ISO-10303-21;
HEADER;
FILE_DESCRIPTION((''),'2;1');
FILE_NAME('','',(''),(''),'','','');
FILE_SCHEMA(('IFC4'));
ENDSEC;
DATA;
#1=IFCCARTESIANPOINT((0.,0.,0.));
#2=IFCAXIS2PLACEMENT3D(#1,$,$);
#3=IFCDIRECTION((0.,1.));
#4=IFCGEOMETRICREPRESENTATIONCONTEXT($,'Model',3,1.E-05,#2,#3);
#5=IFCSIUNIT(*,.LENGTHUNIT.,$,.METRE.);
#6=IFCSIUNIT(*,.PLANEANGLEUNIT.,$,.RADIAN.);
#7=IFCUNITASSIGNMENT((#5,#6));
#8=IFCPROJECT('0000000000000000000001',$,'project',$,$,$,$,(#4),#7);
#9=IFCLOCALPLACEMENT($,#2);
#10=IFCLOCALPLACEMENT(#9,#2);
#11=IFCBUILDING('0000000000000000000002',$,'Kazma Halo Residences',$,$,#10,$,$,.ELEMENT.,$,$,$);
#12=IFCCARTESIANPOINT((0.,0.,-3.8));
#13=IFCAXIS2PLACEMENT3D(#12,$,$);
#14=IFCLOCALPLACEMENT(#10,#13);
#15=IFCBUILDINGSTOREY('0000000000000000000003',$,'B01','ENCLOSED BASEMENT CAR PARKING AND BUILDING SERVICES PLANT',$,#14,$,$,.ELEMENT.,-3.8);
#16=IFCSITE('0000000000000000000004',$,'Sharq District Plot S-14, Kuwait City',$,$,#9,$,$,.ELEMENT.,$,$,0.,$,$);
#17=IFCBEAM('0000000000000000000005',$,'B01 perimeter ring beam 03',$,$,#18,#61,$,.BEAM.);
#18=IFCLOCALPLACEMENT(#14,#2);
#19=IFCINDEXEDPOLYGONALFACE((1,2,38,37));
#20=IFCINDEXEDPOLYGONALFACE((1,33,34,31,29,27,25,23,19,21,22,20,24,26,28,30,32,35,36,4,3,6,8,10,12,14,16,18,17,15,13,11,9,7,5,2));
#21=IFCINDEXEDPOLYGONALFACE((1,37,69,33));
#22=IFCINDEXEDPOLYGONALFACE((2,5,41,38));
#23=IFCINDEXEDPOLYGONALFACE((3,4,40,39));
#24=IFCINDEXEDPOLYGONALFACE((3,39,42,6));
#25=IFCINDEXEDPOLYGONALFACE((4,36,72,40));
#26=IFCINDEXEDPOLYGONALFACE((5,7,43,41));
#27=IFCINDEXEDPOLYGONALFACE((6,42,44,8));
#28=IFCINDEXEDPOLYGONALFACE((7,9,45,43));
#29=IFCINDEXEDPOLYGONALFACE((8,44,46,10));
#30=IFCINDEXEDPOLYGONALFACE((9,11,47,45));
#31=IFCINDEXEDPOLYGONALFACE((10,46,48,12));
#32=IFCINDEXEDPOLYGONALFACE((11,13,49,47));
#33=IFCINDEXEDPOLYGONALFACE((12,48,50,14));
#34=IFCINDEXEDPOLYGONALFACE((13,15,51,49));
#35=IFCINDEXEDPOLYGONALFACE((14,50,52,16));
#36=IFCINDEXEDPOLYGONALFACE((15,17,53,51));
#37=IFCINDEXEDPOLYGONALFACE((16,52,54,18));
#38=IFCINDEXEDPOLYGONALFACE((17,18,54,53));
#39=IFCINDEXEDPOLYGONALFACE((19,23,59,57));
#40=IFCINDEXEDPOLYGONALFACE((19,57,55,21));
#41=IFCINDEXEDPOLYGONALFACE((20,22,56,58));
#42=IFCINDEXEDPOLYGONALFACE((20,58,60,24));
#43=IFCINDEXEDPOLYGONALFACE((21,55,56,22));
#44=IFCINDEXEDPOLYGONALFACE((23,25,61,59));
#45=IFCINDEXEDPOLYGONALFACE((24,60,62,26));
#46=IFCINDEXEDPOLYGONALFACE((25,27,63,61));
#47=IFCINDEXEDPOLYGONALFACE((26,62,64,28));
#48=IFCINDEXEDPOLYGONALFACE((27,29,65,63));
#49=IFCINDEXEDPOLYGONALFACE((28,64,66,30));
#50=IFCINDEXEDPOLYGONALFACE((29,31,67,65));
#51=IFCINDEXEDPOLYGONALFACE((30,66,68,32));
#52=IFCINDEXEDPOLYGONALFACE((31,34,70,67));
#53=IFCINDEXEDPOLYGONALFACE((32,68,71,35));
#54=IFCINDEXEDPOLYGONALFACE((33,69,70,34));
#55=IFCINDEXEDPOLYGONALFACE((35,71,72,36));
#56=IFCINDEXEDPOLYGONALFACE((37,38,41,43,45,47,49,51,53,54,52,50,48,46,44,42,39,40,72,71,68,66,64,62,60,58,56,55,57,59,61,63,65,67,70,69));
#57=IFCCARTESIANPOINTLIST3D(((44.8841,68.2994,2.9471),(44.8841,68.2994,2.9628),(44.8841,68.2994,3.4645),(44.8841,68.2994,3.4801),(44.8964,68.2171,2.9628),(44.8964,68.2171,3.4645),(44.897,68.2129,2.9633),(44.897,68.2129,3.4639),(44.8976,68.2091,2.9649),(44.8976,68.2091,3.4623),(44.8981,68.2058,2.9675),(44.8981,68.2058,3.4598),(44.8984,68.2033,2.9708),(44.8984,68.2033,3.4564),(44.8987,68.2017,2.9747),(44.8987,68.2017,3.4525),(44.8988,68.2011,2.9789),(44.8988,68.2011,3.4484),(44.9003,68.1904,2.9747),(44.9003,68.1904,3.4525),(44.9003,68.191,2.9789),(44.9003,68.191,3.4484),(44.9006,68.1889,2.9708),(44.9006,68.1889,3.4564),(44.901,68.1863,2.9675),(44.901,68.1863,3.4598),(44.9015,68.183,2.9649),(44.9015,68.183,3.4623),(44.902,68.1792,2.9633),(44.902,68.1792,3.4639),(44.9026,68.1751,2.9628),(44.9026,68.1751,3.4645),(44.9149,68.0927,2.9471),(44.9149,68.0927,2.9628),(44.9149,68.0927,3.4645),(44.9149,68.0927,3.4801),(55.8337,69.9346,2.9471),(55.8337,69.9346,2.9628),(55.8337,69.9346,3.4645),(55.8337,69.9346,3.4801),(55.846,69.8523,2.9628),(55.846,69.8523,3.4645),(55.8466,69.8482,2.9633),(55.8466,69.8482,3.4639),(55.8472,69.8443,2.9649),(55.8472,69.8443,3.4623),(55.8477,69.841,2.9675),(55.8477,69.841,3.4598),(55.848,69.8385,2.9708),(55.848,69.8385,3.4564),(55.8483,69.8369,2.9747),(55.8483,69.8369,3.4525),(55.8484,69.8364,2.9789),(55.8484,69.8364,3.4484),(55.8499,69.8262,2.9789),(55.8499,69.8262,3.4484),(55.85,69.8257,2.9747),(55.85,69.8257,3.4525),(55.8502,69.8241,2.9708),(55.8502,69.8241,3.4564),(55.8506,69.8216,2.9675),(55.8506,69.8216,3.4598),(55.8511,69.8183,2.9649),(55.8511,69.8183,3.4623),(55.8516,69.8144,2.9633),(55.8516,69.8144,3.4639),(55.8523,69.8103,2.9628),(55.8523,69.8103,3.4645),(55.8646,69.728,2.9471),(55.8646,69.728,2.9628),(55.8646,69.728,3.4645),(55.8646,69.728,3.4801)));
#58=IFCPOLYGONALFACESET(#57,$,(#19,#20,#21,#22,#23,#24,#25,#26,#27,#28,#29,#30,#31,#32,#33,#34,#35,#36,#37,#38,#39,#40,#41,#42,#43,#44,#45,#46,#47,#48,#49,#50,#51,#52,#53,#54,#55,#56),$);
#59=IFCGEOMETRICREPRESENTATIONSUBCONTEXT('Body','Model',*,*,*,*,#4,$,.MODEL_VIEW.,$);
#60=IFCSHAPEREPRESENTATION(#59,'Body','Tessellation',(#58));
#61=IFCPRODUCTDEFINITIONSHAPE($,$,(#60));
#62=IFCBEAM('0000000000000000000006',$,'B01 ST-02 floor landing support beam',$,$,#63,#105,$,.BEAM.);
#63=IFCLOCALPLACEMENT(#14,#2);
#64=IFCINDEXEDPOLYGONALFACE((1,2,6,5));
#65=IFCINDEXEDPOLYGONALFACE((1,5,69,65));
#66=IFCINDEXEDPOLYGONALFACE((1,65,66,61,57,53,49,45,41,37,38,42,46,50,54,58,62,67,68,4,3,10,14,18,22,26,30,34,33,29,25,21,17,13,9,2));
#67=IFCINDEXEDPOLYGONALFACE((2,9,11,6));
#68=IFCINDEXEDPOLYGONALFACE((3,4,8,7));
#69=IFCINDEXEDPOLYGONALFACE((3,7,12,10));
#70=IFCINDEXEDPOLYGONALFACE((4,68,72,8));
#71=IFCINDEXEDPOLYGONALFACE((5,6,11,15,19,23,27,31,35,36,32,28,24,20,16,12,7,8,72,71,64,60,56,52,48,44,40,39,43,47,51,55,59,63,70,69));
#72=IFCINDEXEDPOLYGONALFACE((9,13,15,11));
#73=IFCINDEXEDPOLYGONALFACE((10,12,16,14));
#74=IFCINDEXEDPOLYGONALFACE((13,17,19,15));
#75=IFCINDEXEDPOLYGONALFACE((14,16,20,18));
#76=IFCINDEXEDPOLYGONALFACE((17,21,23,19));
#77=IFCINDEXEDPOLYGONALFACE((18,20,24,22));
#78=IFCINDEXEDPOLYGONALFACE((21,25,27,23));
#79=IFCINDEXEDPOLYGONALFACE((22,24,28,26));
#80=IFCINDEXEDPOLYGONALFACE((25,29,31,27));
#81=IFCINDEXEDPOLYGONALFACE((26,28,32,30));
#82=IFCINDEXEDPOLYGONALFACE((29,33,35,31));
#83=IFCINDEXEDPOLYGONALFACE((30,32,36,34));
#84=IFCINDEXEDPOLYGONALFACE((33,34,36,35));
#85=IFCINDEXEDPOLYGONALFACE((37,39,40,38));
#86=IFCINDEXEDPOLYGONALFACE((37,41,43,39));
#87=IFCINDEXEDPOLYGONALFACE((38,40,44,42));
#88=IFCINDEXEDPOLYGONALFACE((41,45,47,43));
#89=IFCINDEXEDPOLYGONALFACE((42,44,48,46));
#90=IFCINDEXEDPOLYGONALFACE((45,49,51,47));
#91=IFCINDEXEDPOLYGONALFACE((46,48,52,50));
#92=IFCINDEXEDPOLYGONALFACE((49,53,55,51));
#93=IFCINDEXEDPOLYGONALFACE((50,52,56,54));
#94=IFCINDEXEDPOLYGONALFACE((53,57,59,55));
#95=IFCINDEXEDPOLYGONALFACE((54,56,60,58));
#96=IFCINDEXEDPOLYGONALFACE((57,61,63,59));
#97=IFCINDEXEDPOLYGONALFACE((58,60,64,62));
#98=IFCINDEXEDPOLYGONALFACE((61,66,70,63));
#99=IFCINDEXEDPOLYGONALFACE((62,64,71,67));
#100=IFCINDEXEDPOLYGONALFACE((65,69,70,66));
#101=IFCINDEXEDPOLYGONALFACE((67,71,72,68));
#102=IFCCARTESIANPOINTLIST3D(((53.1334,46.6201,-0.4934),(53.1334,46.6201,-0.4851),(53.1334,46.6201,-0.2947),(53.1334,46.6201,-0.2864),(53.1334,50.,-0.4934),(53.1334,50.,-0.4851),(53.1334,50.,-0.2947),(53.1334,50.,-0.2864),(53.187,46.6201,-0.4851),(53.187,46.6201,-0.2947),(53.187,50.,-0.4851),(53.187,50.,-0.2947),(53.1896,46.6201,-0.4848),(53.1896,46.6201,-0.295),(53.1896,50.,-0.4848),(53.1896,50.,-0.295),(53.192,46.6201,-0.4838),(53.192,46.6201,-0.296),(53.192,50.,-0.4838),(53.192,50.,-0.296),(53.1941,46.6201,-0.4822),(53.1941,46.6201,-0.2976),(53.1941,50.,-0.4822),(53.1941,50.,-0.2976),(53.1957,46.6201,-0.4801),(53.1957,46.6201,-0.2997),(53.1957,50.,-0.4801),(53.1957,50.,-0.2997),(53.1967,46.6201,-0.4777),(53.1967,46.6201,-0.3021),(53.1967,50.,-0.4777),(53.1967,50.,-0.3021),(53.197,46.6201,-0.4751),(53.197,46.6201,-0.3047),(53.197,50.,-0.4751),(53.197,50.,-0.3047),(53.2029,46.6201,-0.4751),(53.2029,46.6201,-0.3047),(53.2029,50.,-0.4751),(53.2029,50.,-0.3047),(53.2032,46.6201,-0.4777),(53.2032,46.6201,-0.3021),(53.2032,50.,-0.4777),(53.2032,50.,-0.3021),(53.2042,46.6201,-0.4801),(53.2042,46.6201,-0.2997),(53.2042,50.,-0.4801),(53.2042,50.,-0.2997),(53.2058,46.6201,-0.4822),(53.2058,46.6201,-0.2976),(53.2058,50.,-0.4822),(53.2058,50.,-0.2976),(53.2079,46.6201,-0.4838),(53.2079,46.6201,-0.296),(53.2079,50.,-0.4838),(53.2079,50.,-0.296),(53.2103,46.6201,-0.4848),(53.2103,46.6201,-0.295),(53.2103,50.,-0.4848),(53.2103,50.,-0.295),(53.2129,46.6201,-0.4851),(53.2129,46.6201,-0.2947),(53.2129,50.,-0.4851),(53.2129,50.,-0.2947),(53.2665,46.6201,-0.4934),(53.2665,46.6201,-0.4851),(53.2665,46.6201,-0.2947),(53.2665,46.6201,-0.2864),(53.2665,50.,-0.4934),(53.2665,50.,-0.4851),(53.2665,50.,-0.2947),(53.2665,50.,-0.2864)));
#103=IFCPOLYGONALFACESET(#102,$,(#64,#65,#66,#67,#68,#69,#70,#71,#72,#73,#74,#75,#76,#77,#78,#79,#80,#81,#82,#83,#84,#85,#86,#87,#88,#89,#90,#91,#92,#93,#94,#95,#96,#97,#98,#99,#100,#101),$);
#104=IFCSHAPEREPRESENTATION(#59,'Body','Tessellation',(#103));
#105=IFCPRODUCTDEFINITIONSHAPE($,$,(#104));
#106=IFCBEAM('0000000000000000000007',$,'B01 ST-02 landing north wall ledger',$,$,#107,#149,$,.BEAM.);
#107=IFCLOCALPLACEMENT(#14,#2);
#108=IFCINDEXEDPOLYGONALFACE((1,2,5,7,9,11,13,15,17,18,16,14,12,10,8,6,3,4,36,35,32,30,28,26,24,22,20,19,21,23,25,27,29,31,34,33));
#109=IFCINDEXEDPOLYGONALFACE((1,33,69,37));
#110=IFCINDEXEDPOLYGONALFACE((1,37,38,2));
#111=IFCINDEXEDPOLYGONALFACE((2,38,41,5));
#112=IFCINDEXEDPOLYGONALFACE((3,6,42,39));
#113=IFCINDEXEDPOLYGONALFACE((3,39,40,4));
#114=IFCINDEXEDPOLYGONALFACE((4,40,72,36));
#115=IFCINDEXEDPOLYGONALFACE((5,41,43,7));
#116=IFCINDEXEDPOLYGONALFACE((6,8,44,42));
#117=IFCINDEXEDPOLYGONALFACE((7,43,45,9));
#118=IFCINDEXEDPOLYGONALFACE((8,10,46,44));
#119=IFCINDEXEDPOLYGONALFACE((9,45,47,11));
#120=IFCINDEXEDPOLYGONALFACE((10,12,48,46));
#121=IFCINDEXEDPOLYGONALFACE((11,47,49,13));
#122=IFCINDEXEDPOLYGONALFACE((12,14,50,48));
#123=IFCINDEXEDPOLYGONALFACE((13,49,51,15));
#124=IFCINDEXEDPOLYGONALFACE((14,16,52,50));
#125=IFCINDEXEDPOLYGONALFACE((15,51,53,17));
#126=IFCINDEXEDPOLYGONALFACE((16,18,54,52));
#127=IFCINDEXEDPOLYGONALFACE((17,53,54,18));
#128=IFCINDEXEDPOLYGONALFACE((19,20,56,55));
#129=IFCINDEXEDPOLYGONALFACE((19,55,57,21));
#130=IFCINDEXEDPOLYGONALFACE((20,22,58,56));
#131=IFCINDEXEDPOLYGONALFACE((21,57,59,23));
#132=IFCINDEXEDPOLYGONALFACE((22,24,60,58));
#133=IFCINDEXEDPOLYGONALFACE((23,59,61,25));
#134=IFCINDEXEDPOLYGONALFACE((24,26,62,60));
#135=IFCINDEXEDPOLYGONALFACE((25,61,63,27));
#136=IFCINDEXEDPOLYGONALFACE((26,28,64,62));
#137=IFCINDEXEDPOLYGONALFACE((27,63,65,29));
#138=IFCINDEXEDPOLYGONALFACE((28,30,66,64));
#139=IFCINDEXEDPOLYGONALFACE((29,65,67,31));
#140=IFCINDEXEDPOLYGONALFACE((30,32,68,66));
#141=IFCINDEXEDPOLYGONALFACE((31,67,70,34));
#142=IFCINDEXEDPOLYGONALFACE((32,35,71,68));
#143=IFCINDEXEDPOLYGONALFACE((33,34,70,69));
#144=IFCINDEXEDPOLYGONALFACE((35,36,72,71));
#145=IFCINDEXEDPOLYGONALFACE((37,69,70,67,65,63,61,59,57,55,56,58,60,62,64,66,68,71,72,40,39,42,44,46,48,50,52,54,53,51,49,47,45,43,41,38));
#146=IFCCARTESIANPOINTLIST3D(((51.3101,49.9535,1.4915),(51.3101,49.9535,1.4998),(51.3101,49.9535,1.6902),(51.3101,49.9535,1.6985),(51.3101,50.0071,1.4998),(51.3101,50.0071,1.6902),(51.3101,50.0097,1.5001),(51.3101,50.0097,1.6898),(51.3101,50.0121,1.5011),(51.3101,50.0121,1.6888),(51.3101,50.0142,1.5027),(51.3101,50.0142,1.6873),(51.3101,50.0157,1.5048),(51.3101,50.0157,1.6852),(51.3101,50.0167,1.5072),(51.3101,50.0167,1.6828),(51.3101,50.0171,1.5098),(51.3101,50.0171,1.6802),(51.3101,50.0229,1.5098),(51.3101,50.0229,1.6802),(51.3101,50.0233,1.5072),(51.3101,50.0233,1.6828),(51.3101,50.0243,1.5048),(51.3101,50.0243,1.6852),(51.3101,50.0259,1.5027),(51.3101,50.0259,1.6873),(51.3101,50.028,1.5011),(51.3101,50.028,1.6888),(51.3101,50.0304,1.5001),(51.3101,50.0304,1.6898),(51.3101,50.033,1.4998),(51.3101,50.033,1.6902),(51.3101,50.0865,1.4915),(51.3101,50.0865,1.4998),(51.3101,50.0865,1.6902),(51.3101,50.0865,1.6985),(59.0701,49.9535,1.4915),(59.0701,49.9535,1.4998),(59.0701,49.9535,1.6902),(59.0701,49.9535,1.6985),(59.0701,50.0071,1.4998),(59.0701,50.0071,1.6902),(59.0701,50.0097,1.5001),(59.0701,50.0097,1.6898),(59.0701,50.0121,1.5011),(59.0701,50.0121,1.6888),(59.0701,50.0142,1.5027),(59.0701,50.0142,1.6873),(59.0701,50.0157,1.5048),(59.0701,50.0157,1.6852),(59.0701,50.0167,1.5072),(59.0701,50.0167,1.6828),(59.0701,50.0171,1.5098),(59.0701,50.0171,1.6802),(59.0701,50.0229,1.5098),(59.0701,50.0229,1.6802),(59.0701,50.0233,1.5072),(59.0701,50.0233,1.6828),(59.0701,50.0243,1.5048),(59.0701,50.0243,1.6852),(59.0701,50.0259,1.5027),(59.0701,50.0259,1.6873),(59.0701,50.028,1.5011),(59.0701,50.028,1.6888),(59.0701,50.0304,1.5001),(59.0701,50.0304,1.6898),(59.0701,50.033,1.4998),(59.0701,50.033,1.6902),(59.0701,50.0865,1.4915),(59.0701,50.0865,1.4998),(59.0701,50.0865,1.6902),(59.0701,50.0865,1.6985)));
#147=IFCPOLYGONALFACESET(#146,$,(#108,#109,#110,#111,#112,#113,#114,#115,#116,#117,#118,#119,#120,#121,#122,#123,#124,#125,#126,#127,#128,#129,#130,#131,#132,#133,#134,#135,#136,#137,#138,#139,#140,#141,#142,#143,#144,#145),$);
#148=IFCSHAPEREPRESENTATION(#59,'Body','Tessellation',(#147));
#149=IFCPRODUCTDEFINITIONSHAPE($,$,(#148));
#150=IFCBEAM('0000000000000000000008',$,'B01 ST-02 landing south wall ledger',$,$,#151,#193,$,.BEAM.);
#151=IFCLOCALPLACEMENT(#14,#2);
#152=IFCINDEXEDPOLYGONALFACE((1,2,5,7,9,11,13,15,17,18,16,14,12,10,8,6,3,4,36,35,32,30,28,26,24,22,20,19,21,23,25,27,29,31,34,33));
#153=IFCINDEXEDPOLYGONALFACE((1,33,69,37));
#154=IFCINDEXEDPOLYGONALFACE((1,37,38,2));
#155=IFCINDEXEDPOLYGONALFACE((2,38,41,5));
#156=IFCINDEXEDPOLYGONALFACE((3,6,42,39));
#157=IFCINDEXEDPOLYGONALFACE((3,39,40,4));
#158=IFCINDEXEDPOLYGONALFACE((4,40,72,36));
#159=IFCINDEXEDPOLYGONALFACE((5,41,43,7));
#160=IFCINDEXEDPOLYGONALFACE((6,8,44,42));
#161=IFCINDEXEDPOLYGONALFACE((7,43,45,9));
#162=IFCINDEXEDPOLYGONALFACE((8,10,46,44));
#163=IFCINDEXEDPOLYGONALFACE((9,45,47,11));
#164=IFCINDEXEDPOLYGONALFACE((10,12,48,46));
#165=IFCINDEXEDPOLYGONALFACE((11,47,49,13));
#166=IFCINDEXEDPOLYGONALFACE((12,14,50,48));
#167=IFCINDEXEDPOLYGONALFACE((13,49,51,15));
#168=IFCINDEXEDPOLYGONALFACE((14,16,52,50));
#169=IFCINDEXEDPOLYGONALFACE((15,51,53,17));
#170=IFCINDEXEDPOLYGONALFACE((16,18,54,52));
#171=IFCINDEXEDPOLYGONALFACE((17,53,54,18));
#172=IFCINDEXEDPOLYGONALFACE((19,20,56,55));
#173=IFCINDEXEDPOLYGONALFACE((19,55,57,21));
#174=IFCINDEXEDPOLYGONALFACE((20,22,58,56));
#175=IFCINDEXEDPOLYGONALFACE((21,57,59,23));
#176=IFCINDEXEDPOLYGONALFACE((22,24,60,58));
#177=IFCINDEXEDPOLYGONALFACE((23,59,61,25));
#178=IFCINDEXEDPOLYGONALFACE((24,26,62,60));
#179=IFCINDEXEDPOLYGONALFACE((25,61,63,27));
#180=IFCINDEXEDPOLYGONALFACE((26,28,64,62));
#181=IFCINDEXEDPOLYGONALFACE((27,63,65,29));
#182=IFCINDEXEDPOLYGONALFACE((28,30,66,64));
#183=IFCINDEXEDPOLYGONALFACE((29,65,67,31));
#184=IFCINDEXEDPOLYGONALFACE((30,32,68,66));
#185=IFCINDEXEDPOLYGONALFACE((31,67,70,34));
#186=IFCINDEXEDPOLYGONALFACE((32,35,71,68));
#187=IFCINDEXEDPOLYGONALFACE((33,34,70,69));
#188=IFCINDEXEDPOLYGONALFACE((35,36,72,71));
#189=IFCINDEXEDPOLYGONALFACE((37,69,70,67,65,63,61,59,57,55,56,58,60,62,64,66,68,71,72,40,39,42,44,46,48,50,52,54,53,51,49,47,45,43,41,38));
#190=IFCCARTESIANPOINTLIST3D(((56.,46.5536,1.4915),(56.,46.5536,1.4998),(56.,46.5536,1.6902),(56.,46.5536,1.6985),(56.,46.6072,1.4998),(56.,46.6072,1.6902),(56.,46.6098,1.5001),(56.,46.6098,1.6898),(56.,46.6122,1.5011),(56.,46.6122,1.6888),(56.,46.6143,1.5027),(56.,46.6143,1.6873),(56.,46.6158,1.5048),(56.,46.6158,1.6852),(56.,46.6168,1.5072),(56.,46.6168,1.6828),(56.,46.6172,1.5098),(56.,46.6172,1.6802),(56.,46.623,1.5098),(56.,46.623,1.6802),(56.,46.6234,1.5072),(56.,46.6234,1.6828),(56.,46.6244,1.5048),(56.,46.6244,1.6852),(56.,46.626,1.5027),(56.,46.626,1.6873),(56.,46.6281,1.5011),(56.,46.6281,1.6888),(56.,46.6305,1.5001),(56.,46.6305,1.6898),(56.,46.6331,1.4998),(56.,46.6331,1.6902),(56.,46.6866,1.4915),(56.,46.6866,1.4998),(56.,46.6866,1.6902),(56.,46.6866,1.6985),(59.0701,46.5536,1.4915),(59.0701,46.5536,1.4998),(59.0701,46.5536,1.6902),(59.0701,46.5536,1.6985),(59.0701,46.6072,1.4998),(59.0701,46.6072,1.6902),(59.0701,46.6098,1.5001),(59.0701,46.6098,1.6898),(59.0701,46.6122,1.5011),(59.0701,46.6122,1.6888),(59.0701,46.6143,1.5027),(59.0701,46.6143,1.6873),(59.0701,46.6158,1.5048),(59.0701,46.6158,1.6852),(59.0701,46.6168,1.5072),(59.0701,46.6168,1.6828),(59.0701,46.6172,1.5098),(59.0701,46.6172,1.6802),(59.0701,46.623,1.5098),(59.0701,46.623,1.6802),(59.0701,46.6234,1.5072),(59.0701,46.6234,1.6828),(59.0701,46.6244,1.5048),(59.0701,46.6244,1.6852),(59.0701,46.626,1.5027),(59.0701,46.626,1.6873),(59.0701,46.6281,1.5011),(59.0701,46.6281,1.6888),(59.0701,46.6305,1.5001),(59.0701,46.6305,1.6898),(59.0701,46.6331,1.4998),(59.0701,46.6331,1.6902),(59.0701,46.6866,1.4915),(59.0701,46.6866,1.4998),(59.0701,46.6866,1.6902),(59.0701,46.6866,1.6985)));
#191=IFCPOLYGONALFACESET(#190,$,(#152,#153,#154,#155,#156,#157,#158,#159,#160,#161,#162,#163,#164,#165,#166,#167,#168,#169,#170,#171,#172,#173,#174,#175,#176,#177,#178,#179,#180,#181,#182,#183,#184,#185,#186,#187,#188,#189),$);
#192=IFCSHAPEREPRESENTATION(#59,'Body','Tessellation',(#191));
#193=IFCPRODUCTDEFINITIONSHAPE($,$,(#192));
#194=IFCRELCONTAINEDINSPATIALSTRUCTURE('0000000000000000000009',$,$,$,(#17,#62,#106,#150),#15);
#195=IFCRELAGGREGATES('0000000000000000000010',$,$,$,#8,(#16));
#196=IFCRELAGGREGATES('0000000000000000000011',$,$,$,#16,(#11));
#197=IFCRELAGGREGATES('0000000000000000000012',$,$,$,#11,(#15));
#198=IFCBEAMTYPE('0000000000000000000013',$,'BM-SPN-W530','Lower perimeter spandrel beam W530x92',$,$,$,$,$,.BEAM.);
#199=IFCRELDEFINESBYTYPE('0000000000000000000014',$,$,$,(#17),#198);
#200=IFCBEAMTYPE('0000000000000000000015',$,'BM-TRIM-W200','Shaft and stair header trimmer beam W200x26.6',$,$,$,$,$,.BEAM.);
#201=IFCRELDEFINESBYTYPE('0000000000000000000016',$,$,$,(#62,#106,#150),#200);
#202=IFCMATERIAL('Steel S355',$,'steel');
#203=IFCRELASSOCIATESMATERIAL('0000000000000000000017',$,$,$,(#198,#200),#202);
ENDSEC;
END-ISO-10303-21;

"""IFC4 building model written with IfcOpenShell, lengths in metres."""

from ifc_helpers import new_model, si_unit, direction, frame, origin, origin_2d, place, context, subcontext, project, spatial, i_section, extrude, material, material_profile, profile_set, type_object, element, save


model = new_model("IFC4")

# Units and contexts
model_context = context("Model", 3, precision=1e-05, world=origin(), true_north=direction((0.0, 1.0)))
body_context = subcontext(model_context, "Body", "Model", "MODEL_VIEW")
ifc_project = project(units=[si_unit("LENGTHUNIT", "METRE"), si_unit("PLANEANGLEUNIT", "RADIAN")], contexts=[model_context])

# Site, building, storey
site_placement = place(None, origin())
site = spatial("IfcSite", under=ifc_project, at=site_placement, Name="Sharq District Plot S-14, Kuwait City", CompositionType="ELEMENT", RefElevation=0.0)
building_placement = place(site_placement, origin())
building = spatial("IfcBuilding", under=site, at=building_placement, Name="Kazma Halo Residences", CompositionType="ELEMENT")
storey_placement = place(building_placement, frame((0.0, 0.0, -3.8)))
storey = spatial("IfcBuildingStorey", under=building, at=storey_placement, Name="B01", Description="ENCLOSED BASEMENT CAR PARKING AND BUILDING SERVICES PLANT", CompositionType="ELEMENT", Elevation=-3.8)

# Shared definitions
ifc_material_1 = material(Name="Steel S355", Category="steel")

# Beams
ifc_material_profile_1 = material_profile(ifc_material_1, i_section(OverallWidth=0.209, OverallDepth=0.533, WebThickness=0.0103, FlangeThickness=0.0156, FilletRadius=0.0161, at=origin_2d()), Name="W530x92")
ifc_profile_set_1 = profile_set([ifc_material_profile_1], Name="Steel S355")
beam_type_1 = type_object("IfcBeamType", Name="BM-SPN-W530", Description="Lower perimeter spandrel beam W530x92", PredefinedType="BEAM", material=ifc_profile_set_1)
beam_1_placement = place(storey_placement, frame((55.8491, 69.8313, 3.2136), z_axis=(-0.989032, -0.147704, 0.0), x_axis=(0.147704, -0.989032, 0.0)))
element("IfcBeam", 1, at=beam_1_placement, inside=storey, type_object=beam_type_1, Name="B01 perimeter ring beam 03", PredefinedType="BEAM", context=body_context, shape_type="SweptSolid", body=[
    extrude(i_section(OverallWidth=0.209, OverallDepth=0.533, WebThickness=0.0103, FlangeThickness=0.0156, FilletRadius=0.0161, at=origin_2d()), origin(), (0.0, 0.0, 1.0), 11.071),
])
ifc_material_profile_2 = material_profile(ifc_material_1, i_section(OverallWidth=0.1331, OverallDepth=0.207, WebThickness=0.0059, FlangeThickness=0.0083, FilletRadius=0.01, at=origin_2d()), Name="W200x26.6")
ifc_profile_set_2 = profile_set([ifc_material_profile_2], Name="Steel S355")
beam_type_2 = type_object("IfcBeamType", Name="BM-TRIM-W200", Description="Shaft and stair header trimmer beam W200x26.6", PredefinedType="BEAM", material=ifc_profile_set_2)
beam_2_placement = place(storey_placement, frame((53.2, 46.6201, -0.3899), z_axis=(0.0, 1.0, 0.0), x_axis=(-1.0, 0.0, 0.0)))
element("IfcBeam", 2, at=beam_2_placement, inside=storey, type_object=beam_type_2, Name="B01 ST-02 floor landing support beam", PredefinedType="BEAM", context=body_context, shape_type="SweptSolid", body=[
    extrude(i_section(OverallWidth=0.1331, OverallDepth=0.207, WebThickness=0.0059, FlangeThickness=0.0083, FilletRadius=0.01, at=origin_2d()), origin(), (0.0, 0.0, 1.0), 3.3799),
])
beam_3_placement = place(storey_placement, frame((51.3101, 50.02, 1.595), z_axis=(1.0, 0.0, 0.0), x_axis=(0.0, 1.0, 0.0)))
element("IfcBeam", 3, at=beam_3_placement, inside=storey, type_object=beam_type_2, Name="B01 ST-02 landing north wall ledger", PredefinedType="BEAM", context=body_context, shape_type="SweptSolid", body=[
    extrude(i_section(OverallWidth=0.1331, OverallDepth=0.207, WebThickness=0.0059, FlangeThickness=0.0083, FilletRadius=0.01, at=origin_2d()), origin(), (0.0, 0.0, 1.0), 7.76),
])
beam_4_placement = place(storey_placement, frame((56.0, 46.6201, 1.595), z_axis=(1.0, 0.0, 0.0), x_axis=(0.0, 1.0, 0.0)))
element("IfcBeam", 4, at=beam_4_placement, inside=storey, type_object=beam_type_2, Name="B01 ST-02 landing south wall ledger", PredefinedType="BEAM", context=body_context, shape_type="SweptSolid", body=[
    extrude(i_section(OverallWidth=0.1331, OverallDepth=0.207, WebThickness=0.0059, FlangeThickness=0.0083, FilletRadius=0.01, at=origin_2d()), origin(), (0.0, 0.0, 1.0), 3.0701),
])

save(model, "model.ifc")
